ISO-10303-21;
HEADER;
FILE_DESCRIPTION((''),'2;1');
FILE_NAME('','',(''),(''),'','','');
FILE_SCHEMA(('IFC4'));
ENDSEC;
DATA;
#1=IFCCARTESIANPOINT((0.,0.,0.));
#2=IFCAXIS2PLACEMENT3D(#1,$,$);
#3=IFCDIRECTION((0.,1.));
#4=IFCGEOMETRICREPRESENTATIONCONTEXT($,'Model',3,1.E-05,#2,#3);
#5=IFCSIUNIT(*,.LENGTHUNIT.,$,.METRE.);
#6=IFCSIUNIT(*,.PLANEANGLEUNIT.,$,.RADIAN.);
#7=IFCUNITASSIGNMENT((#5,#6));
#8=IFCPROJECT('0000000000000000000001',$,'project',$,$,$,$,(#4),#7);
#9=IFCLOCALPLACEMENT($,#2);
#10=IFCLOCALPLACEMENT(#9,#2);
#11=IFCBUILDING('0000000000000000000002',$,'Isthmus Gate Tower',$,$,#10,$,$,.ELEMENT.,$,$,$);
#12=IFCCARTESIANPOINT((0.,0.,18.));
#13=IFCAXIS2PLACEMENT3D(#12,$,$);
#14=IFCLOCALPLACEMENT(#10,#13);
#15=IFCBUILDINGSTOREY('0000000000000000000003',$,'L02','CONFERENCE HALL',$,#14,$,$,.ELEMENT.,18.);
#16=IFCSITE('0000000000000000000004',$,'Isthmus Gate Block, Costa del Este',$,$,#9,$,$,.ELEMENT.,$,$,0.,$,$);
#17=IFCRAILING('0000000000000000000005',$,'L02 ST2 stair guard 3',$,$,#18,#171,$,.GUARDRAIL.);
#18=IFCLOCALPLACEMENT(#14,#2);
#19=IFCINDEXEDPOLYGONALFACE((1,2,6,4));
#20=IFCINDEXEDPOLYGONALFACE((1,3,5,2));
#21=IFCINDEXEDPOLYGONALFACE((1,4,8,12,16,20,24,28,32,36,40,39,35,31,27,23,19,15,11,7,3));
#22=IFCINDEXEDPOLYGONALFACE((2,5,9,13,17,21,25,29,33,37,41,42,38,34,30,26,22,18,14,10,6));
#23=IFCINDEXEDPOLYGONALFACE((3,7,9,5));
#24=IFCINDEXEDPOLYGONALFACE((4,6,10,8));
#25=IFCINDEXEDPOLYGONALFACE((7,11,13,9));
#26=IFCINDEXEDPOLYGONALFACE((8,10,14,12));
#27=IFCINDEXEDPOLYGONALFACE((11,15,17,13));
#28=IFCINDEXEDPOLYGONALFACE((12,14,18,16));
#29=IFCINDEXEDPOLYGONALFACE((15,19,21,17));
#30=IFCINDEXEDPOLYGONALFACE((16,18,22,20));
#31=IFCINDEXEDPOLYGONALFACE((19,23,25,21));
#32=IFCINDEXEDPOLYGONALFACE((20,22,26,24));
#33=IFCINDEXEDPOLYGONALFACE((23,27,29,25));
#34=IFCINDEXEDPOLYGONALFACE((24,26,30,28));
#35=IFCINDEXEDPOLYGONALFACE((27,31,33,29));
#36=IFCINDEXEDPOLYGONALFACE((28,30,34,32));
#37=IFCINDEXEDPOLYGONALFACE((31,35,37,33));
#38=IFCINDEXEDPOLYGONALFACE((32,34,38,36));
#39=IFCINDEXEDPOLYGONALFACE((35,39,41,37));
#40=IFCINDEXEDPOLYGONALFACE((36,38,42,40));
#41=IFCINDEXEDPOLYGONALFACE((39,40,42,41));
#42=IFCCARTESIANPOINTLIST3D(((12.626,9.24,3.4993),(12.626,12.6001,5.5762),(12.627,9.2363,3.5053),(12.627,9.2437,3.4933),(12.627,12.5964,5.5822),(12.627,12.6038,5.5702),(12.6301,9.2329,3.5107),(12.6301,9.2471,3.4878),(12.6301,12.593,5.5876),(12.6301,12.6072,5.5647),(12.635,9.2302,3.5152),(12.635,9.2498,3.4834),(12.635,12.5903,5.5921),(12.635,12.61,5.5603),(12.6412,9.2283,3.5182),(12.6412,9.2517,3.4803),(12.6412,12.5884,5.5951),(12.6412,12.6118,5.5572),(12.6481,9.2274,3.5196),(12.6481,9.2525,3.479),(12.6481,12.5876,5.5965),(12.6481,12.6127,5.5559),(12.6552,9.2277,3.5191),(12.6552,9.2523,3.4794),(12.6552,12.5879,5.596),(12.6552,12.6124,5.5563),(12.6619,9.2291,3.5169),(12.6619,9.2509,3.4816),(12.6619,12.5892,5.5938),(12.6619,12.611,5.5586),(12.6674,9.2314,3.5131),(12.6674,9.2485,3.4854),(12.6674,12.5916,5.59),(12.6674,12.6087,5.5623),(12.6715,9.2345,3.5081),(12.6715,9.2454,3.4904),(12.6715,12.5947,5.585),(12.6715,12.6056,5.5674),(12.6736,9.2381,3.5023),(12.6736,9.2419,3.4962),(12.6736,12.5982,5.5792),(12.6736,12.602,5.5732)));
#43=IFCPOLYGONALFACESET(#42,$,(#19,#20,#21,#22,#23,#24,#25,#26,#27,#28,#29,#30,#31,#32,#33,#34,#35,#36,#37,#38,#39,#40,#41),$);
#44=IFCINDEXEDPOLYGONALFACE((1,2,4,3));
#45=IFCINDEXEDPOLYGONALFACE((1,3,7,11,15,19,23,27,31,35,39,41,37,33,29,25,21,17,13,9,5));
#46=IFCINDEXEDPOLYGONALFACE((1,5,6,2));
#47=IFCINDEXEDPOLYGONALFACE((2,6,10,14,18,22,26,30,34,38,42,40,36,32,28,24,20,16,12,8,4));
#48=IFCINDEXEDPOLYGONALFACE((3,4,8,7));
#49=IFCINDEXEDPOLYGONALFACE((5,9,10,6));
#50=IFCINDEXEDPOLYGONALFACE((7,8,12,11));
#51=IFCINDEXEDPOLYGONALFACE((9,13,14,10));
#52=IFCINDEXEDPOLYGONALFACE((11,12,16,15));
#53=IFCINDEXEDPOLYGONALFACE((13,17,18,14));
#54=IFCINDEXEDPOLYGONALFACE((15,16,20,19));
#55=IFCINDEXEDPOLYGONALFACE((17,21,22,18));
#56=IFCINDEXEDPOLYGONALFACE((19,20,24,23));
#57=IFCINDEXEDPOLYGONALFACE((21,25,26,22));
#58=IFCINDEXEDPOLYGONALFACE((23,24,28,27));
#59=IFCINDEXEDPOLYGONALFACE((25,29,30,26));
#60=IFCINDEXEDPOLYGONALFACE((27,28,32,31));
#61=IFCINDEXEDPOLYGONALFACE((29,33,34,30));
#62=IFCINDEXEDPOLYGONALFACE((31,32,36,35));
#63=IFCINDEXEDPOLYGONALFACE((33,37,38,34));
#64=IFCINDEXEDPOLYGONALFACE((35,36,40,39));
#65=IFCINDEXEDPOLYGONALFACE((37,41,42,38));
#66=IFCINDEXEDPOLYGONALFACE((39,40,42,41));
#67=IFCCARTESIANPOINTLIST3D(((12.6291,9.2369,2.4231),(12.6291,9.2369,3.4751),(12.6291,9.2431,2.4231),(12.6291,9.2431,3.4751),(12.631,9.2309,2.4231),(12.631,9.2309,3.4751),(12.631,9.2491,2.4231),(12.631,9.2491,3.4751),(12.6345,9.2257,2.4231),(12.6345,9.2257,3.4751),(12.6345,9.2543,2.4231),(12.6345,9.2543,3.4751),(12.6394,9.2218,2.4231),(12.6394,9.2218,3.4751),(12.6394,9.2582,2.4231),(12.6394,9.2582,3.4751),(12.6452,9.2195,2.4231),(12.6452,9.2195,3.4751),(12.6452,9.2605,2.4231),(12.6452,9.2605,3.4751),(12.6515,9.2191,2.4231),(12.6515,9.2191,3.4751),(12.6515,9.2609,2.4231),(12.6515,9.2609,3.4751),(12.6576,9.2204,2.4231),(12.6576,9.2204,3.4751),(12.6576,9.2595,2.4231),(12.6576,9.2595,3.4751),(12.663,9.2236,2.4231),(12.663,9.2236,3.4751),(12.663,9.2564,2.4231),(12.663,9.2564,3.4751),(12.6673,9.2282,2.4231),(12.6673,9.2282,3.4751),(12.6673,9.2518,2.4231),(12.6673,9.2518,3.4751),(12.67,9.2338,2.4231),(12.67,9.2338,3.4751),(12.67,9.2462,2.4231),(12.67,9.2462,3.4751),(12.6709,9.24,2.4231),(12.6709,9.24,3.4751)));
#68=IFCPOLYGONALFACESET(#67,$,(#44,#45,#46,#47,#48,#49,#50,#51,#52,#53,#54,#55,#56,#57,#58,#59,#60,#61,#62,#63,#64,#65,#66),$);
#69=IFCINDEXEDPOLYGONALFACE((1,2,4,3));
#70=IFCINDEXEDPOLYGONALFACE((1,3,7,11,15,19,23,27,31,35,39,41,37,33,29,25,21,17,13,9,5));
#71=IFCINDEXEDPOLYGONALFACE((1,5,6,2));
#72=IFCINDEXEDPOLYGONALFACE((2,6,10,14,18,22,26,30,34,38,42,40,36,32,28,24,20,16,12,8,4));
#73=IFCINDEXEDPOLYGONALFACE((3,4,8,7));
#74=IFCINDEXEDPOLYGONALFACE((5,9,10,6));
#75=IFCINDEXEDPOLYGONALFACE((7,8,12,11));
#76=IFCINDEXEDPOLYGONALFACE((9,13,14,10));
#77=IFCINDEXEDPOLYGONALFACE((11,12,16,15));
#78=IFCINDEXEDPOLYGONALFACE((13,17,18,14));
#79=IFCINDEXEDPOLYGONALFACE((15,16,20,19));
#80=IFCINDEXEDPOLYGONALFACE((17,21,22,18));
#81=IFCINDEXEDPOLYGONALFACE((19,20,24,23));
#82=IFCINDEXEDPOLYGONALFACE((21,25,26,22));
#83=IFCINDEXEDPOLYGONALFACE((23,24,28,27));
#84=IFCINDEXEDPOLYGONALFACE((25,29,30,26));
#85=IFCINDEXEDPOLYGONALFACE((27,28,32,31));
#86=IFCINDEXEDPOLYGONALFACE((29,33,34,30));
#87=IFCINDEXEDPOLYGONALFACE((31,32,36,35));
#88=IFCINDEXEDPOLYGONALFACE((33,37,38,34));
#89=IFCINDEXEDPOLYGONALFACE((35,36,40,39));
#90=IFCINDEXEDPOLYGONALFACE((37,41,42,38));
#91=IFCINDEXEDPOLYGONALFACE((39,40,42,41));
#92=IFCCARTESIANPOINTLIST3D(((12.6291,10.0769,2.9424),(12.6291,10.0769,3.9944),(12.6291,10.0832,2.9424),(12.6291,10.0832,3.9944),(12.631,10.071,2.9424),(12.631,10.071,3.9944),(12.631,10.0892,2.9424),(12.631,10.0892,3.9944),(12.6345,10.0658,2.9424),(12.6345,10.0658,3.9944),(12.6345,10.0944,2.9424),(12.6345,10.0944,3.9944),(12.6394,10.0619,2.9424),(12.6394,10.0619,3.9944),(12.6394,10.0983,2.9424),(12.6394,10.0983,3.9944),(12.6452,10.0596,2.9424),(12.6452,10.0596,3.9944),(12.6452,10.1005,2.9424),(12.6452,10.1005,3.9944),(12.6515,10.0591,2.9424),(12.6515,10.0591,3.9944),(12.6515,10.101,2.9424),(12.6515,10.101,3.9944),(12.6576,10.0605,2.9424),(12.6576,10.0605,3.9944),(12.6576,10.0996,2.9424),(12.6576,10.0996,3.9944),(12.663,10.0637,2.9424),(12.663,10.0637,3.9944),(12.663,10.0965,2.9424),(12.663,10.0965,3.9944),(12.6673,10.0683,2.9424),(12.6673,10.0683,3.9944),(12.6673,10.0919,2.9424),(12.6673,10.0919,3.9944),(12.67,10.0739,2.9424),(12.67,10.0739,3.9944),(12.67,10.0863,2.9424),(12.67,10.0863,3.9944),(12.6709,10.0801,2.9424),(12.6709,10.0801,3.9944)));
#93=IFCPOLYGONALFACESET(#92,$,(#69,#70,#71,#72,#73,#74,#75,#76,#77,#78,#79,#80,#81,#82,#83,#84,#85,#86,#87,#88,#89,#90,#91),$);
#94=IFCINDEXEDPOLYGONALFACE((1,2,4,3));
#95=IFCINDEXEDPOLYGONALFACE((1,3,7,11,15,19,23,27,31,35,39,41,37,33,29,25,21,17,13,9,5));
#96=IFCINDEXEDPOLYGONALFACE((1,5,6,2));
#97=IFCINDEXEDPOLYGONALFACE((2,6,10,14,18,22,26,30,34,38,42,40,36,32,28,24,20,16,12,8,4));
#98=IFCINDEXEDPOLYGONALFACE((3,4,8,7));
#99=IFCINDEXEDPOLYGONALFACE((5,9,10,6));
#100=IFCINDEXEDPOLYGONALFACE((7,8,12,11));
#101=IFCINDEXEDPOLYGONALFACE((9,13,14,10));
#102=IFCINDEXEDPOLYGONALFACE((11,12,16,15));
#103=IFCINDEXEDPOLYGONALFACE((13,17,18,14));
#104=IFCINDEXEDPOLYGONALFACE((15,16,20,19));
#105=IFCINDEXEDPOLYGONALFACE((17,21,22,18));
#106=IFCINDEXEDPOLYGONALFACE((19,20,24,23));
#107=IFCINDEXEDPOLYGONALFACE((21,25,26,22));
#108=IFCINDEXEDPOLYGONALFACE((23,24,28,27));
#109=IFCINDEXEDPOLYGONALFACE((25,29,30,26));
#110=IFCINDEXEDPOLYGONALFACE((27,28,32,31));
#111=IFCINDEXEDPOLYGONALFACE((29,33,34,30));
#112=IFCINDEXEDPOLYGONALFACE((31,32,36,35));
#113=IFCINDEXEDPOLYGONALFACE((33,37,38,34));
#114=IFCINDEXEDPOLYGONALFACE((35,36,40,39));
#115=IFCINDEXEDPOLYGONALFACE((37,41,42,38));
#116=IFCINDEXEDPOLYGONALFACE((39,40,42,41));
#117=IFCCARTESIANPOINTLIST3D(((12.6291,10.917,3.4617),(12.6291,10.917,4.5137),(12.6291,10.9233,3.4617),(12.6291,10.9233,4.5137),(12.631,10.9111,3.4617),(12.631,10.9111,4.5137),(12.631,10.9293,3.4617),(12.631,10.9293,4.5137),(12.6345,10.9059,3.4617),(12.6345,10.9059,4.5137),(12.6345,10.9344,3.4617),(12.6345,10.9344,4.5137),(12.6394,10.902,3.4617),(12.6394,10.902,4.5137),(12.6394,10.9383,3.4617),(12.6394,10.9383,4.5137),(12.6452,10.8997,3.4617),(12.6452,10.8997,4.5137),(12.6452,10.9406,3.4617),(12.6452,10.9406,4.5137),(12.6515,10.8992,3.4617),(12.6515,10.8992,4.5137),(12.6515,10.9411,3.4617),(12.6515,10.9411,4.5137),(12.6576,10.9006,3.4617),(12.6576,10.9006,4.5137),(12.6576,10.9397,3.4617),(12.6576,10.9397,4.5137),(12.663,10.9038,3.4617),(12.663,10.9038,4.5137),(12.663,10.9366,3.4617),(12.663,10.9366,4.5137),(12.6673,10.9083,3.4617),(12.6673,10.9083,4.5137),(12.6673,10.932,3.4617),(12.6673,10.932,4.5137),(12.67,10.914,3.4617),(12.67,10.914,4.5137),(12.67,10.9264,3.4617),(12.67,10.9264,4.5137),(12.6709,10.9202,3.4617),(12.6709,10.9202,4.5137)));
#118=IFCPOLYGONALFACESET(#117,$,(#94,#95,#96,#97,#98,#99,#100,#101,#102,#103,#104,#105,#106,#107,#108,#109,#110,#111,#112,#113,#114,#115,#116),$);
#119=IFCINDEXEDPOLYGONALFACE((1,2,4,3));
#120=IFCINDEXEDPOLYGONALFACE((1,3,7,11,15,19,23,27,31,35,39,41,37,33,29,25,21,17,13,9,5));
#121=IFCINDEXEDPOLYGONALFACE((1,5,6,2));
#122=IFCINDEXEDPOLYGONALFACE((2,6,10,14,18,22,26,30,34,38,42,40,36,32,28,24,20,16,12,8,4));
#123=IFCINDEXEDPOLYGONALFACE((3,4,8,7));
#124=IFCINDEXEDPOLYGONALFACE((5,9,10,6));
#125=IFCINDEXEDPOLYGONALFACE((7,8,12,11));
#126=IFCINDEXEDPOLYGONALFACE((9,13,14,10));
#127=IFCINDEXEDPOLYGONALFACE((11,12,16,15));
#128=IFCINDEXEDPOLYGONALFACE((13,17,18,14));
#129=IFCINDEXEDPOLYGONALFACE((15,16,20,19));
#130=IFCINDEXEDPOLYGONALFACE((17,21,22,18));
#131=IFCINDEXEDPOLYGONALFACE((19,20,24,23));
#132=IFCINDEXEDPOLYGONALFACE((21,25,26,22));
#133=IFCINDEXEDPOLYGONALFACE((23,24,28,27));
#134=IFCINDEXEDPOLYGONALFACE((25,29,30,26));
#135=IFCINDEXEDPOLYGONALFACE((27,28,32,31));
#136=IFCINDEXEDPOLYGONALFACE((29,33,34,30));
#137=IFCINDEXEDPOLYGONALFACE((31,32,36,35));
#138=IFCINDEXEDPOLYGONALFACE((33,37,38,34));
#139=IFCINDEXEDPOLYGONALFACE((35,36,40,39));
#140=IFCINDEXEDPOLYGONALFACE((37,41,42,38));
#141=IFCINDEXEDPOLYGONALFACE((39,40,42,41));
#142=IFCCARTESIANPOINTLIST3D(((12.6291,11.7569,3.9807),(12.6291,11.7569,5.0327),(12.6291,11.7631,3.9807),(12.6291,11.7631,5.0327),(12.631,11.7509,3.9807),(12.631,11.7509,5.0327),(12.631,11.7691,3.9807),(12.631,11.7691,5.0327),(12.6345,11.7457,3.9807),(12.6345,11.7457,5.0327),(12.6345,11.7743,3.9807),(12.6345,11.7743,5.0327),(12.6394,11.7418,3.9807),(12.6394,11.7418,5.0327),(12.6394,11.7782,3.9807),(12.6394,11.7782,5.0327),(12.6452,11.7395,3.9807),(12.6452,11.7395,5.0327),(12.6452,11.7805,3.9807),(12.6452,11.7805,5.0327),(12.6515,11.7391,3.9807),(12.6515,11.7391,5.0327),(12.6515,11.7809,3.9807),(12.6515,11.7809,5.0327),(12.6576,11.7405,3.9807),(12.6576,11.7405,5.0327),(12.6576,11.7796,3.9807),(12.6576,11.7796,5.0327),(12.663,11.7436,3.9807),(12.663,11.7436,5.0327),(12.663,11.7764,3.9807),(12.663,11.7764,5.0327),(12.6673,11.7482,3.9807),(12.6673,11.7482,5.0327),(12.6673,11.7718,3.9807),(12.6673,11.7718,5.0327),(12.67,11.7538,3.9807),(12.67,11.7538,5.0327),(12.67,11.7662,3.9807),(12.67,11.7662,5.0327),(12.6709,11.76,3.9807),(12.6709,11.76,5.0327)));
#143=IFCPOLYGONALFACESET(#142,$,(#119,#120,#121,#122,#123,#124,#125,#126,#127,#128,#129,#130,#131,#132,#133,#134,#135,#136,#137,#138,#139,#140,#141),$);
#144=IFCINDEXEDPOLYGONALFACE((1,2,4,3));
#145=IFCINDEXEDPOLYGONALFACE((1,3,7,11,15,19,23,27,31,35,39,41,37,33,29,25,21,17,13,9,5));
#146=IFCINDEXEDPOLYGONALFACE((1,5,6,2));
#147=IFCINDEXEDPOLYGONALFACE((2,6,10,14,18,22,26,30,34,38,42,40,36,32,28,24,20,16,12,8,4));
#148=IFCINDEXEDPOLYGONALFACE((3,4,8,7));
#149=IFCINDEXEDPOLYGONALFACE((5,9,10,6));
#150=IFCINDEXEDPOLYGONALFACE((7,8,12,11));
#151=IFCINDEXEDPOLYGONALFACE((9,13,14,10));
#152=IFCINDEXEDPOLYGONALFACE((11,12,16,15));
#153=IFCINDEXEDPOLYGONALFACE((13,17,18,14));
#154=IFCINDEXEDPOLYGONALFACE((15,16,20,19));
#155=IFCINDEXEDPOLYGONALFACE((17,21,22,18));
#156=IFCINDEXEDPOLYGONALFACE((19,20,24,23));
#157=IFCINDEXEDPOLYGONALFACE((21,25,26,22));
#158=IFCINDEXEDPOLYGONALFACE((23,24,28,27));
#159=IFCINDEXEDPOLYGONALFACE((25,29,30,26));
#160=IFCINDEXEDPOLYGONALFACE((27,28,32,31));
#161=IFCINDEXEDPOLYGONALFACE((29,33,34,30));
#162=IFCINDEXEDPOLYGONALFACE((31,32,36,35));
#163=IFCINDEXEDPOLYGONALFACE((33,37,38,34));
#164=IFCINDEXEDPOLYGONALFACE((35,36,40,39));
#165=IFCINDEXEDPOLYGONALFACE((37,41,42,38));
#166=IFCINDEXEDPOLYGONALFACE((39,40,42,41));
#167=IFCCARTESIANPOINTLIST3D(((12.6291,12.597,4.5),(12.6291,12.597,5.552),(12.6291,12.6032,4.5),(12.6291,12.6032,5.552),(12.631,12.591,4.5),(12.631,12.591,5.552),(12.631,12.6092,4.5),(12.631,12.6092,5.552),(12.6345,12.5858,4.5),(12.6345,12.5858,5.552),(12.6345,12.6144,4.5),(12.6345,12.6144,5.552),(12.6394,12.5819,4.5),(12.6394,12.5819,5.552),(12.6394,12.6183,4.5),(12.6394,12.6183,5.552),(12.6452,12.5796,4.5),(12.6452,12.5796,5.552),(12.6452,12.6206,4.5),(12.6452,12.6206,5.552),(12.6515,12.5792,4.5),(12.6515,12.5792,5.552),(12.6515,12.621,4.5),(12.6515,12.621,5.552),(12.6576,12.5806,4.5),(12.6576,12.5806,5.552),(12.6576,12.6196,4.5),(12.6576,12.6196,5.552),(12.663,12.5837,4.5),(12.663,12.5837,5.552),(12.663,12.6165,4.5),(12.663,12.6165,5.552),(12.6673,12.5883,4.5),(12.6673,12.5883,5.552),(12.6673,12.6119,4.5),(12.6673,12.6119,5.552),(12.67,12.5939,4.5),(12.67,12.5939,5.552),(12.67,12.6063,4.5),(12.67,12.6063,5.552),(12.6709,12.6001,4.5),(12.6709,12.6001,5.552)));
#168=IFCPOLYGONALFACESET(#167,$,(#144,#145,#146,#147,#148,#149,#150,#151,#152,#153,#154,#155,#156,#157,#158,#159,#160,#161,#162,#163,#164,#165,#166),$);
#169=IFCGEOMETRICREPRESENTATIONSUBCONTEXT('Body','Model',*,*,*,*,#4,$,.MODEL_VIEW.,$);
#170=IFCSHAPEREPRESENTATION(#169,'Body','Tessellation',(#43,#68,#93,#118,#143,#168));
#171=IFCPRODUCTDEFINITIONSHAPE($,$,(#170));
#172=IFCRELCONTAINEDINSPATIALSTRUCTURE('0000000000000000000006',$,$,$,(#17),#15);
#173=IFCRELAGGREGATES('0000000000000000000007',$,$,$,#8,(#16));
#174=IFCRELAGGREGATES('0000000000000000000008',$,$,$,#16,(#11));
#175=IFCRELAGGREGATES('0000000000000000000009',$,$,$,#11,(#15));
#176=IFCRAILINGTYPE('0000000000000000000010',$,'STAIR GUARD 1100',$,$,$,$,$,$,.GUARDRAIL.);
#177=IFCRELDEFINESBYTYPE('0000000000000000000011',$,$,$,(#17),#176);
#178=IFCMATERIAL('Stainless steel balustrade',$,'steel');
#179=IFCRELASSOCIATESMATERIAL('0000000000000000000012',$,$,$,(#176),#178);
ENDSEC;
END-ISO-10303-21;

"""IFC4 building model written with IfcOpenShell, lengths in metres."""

from ifc_helpers import new_model, si_unit, direction, frame, origin, origin_2d, place, context, subcontext, project, spatial, circle, extrude, material, type_object, element, save


model = new_model("IFC4")

# Units and contexts
model_context = context("Model", 3, precision=1e-05, world=origin(), true_north=direction((0.0, 1.0)))
body_context = subcontext(model_context, "Body", "Model", "MODEL_VIEW")
ifc_project = project(units=[si_unit("LENGTHUNIT", "METRE"), si_unit("PLANEANGLEUNIT", "RADIAN")], contexts=[model_context])

# Site, building, storey
site_placement = place(None, origin())
site = spatial("IfcSite", under=ifc_project, at=site_placement, Name="Isthmus Gate Block, Costa del Este", CompositionType="ELEMENT", RefElevation=0.0)
building_placement = place(site_placement, origin())
building = spatial("IfcBuilding", under=site, at=building_placement, Name="Isthmus Gate Tower", CompositionType="ELEMENT")
storey_placement = place(building_placement, frame((0.0, 0.0, 18.0)))
storey = spatial("IfcBuildingStorey", under=building, at=storey_placement, Name="L02", Description="CONFERENCE HALL", CompositionType="ELEMENT", Elevation=18.0)

# Railing
ifc_material_1 = material(Name="Stainless steel balustrade", Category="steel")
railing_type_1 = type_object("IfcRailingType", Name="STAIR GUARD 1100", PredefinedType="GUARDRAIL", material=ifc_material_1)
for number, where, name in (
    (1, (12.6499, 9.24, 2.4231), "L02 ST2 stair guard 3"),
):
    element("IfcRailing", number, at=place(storey_placement, frame(where)), inside=storey, type_object=railing_type_1, Name=name, PredefinedType="GUARDRAIL", context=body_context, shape_type="SweptSolid", body=[
        extrude(circle(Radius=0.0239, at=origin_2d()), frame((0.0, 0.0, 1.0762), z_axis=(0.0, 0.850623, 0.525776), x_axis=(-1.0, 0.0, 0.0)), (0.0, 0.0, 1.0), 3.9502),
        extrude(circle(Radius=0.021, at=origin_2d()), origin(), (0.0, 0.0, 1.0), 1.052),
        extrude(circle(Radius=0.021, at=origin_2d()), frame((0.0, 0.8401, 0.5193)), (0.0, 0.0, 1.0), 1.052),
        extrude(circle(Radius=0.021, at=origin_2d()), frame((0.0, 1.6802, 1.0386)), (0.0, 0.0, 1.0), 1.052),
        extrude(circle(Radius=0.021, at=origin_2d()), frame((0.0, 2.52, 1.5576)), (0.0, 0.0, 1.0), 1.052),
        extrude(circle(Radius=0.021, at=origin_2d()), frame((0.0, 3.3601, 2.0769)), (0.0, 0.0, 1.0), 1.052),
    ])

save(model, "model.ifc")
